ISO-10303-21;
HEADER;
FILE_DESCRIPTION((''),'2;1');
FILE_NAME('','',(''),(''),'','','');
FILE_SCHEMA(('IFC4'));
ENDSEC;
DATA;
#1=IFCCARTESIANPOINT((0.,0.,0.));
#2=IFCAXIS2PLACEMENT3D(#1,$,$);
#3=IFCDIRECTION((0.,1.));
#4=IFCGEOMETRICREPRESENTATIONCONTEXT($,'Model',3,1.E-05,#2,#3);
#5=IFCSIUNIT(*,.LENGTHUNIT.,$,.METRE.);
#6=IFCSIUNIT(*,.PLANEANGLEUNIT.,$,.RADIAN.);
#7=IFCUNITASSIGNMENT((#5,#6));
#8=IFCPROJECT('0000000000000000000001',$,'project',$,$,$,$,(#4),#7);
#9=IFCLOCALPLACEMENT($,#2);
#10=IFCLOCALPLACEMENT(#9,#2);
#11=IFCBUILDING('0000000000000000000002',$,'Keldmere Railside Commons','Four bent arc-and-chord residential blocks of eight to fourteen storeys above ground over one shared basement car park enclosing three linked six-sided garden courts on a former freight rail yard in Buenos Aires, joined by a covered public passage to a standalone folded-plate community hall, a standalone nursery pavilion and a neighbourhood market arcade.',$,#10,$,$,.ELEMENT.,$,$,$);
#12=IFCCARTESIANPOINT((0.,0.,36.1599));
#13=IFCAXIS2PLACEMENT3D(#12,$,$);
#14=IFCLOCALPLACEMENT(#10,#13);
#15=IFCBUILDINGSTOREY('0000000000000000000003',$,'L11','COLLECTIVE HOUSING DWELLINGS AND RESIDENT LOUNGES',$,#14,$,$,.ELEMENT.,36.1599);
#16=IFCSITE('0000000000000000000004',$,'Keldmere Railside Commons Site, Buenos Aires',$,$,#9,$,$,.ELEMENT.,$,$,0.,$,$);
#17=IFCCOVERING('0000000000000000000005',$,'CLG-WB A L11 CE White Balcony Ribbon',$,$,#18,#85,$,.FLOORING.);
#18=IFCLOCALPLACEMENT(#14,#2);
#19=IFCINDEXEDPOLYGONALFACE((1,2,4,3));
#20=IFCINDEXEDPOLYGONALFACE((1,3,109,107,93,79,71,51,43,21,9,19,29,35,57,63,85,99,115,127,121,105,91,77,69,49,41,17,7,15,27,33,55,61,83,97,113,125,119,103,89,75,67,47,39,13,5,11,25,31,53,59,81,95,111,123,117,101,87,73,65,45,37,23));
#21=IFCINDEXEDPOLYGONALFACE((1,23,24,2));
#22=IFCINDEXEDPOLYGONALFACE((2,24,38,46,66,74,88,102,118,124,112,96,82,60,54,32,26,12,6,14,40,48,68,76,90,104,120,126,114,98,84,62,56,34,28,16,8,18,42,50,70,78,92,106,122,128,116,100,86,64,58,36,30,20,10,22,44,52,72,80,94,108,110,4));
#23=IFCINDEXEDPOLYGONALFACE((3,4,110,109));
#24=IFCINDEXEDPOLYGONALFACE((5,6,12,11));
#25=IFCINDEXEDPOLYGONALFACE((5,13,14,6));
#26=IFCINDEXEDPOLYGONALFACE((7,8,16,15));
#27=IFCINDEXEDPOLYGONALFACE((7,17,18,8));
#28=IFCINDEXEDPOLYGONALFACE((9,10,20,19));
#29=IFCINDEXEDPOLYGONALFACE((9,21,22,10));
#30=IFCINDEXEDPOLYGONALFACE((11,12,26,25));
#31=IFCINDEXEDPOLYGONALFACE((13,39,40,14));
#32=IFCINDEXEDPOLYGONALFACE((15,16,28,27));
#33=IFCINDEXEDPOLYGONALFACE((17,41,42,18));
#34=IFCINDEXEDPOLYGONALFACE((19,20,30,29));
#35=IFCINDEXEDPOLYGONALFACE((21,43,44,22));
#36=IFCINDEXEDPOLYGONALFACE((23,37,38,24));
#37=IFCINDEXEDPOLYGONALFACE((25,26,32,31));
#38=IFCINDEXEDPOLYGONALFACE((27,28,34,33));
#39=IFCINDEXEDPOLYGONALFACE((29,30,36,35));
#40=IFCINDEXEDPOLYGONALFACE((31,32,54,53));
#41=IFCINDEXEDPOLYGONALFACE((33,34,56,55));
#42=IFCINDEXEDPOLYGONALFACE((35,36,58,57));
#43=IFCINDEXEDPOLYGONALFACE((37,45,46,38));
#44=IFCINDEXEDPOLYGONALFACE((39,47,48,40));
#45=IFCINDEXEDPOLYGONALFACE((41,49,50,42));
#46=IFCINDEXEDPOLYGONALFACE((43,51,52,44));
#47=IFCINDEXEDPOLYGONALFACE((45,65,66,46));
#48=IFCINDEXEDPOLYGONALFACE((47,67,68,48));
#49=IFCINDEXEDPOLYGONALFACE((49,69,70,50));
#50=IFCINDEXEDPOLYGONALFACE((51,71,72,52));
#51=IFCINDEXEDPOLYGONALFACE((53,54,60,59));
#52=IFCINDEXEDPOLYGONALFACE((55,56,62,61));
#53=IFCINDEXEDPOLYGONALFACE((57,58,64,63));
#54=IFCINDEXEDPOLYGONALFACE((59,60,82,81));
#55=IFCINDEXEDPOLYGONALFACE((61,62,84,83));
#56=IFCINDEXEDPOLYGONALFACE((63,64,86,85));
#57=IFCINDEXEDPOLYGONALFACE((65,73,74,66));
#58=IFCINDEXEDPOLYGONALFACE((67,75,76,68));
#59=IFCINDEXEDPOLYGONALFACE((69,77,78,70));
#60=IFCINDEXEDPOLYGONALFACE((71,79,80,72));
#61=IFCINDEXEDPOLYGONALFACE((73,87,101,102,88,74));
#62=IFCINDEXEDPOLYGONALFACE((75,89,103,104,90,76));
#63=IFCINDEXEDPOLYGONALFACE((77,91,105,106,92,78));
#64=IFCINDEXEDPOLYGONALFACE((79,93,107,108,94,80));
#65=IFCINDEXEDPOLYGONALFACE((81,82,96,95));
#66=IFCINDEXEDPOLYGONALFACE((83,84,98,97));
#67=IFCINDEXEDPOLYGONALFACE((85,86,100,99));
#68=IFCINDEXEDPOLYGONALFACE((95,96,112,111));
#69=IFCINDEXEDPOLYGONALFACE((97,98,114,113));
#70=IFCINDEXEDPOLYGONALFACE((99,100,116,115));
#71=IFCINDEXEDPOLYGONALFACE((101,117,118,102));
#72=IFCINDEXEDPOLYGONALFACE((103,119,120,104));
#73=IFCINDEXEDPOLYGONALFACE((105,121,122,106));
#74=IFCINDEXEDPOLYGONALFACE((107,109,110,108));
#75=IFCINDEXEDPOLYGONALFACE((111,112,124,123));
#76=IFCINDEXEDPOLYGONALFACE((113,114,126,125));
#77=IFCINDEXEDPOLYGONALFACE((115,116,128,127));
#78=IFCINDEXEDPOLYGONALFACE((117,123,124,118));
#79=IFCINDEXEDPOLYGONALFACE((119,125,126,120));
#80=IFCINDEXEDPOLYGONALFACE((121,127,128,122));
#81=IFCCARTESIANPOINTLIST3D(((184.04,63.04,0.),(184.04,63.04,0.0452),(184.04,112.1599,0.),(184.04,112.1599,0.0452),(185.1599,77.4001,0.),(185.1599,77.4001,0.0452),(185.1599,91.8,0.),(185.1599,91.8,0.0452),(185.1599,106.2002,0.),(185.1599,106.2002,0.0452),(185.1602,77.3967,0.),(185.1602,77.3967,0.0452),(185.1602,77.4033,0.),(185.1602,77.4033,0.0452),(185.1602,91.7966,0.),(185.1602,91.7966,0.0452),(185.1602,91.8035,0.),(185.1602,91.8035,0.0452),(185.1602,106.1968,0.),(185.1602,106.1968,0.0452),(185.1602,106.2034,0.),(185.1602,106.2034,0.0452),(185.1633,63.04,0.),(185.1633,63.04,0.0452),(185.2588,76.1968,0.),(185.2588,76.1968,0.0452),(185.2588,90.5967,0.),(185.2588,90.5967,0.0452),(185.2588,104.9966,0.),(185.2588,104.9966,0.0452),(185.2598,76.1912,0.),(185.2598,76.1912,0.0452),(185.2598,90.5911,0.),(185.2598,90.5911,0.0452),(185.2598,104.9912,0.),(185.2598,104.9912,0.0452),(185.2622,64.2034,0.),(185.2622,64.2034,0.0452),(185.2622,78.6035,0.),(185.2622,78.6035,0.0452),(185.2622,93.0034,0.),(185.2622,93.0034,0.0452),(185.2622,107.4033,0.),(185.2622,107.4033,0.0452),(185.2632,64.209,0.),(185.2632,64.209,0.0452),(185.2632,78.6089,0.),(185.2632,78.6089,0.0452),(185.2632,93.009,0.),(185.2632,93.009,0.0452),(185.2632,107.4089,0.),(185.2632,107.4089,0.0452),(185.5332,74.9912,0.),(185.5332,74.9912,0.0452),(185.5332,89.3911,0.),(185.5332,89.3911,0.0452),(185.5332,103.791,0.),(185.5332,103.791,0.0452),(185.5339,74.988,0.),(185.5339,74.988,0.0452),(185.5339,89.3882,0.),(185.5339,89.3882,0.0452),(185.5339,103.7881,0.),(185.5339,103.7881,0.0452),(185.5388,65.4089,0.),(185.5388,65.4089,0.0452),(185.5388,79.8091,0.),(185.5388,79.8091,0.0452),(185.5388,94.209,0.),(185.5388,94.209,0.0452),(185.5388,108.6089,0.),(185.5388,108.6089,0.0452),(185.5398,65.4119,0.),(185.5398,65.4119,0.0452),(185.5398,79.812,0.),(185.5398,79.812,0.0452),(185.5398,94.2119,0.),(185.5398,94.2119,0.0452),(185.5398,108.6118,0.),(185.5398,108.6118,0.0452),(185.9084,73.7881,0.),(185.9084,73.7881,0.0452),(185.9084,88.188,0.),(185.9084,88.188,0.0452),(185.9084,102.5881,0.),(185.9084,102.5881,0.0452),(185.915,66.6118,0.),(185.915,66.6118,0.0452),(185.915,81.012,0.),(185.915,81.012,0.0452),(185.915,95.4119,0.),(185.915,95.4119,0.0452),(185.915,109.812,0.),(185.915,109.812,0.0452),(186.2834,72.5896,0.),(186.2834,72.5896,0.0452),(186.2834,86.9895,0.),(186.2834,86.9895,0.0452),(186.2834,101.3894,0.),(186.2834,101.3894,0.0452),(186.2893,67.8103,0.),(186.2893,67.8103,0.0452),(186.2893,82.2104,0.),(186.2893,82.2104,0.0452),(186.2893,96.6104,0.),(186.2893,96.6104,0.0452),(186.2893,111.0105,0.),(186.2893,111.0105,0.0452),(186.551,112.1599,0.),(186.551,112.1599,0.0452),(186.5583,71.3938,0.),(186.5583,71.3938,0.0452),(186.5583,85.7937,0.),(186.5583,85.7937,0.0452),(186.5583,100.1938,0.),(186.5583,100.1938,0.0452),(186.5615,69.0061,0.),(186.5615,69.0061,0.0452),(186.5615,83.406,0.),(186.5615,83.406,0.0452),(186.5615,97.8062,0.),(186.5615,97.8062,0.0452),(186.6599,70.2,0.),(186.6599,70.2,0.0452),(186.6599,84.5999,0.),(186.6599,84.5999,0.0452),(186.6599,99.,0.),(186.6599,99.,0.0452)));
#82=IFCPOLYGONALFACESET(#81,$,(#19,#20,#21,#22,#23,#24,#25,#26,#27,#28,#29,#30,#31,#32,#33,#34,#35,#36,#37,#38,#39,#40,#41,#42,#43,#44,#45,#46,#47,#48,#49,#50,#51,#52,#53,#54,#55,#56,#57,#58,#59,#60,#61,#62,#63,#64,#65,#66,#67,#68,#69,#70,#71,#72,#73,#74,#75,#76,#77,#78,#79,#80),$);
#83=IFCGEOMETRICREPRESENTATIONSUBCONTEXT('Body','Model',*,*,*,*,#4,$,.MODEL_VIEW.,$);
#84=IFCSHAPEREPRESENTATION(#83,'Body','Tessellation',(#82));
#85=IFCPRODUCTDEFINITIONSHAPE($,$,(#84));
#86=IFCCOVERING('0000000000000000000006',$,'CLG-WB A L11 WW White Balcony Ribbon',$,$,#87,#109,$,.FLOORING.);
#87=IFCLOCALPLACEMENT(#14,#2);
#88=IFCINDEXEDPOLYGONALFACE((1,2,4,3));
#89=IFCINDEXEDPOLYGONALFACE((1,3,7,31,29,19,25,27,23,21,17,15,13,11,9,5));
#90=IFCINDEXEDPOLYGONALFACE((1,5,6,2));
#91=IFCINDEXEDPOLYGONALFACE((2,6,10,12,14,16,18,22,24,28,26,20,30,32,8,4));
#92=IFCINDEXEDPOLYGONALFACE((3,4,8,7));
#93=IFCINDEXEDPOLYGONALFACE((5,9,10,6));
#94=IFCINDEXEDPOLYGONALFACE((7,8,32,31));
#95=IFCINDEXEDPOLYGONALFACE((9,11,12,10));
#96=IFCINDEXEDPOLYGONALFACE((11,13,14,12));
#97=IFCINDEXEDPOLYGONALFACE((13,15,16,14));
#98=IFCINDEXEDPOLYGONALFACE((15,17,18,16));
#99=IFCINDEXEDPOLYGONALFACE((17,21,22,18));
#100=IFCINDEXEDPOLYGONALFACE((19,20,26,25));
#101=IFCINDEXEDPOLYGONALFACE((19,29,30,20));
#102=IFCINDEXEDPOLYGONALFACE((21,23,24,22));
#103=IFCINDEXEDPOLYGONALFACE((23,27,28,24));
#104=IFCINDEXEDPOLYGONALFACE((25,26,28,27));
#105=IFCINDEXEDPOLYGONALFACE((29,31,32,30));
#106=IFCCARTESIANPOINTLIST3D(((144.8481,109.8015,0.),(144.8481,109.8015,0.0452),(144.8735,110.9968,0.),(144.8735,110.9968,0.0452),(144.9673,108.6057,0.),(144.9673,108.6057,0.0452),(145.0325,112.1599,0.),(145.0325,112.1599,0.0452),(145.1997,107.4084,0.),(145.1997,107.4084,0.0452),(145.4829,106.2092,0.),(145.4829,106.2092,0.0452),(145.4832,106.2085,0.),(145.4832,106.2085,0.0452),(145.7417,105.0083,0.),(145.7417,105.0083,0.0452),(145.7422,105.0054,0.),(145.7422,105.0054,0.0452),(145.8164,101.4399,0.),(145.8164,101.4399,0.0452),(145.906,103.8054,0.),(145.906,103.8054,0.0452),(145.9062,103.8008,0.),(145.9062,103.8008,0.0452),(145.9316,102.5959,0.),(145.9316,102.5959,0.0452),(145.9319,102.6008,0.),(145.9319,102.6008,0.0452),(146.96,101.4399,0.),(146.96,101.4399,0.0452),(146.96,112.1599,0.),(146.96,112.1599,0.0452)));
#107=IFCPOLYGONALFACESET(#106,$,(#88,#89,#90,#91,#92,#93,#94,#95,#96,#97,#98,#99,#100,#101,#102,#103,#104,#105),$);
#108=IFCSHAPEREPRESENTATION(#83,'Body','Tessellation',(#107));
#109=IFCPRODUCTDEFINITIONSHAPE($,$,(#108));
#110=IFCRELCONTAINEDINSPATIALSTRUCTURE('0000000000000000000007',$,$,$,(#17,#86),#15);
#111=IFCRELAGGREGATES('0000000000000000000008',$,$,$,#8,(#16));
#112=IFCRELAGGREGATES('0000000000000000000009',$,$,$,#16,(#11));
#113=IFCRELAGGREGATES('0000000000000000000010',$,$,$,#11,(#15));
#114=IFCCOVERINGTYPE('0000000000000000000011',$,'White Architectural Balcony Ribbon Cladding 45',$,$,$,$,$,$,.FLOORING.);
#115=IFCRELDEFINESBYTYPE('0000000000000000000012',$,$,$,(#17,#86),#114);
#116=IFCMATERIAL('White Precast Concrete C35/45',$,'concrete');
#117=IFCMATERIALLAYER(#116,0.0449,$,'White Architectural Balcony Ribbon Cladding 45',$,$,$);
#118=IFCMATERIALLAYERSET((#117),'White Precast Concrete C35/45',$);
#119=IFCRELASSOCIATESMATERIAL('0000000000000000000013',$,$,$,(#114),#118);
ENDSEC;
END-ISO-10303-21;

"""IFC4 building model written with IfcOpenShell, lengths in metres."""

from ifc_helpers import new_model, si_unit, direction, frame, origin, place, context, subcontext, project, spatial, polyline, outline, extrude, material, layer, layer_set, type_object, element, save


model = new_model("IFC4")

# Units and contexts
model_context = context("Model", 3, precision=1e-05, world=origin(), true_north=direction((0.0, 1.0)))
body_context = subcontext(model_context, "Body", "Model", "MODEL_VIEW")
ifc_project = project(units=[si_unit("LENGTHUNIT", "METRE"), si_unit("PLANEANGLEUNIT", "RADIAN")], contexts=[model_context])

# Site, building, storey
site_placement = place(None, origin())
site = spatial("IfcSite", under=ifc_project, at=site_placement, Name="Keldmere Railside Commons Site, Buenos Aires", CompositionType="ELEMENT", RefElevation=0.0)
building_placement = place(site_placement, origin())
building = spatial("IfcBuilding", under=site, at=building_placement, Name="Keldmere Railside Commons", Description="Four bent arc-and-chord residential blocks of eight to fourteen storeys above ground over one shared basement car park enclosing three linked six-sided garden courts on a former freight rail yard in Buenos Aires, joined by a covered public passage to a standalone folded-plate community hall, a standalone nursery pavilion and a neighbourhood market arcade.", CompositionType="ELEMENT")
storey_placement = place(building_placement, frame((0.0, 0.0, 36.1599)))
storey = spatial("IfcBuildingStorey", under=building, at=storey_placement, Name="L11", Description="COLLECTIVE HOUSING DWELLINGS AND RESIDENT LOUNGES", CompositionType="ELEMENT", Elevation=36.1599)

# Coverings
ifc_material_1 = material(Name="White Precast Concrete C35/45", Category="concrete")
ifc_layer_1 = layer(ifc_material_1, 0.0449, Name="White Architectural Balcony Ribbon Cladding 45")
ifc_layer_set_1 = layer_set([ifc_layer_1], Name="White Precast Concrete C35/45")
covering_type = type_object("IfcCoveringType", Name="White Architectural Balcony Ribbon Cladding 45", PredefinedType="FLOORING", material=ifc_layer_set_1)
covering_1_placement = place(storey_placement, origin())
element("IfcCovering", 1, at=covering_1_placement, inside=storey, type_object=covering_type, Name="CLG-WB A L11 CE White Balcony Ribbon", PredefinedType="FLOORING", context=body_context, shape_type="SweptSolid", body=[
    extrude(outline(polyline([(185.2622, 64.2034), (185.2632, 64.209), (185.5388, 65.4089), (185.5398, 65.4119), (185.915, 66.6118), (186.2893, 67.8103), (186.5615, 69.0061), (186.6599, 70.2), (186.5583, 71.3938), (186.2834, 72.5896), (185.9084, 73.7881), (185.5339, 74.988), (185.5332, 74.9912), (185.2598, 76.1912), (185.2588, 76.1968), (185.1602, 77.3967), (185.1599, 77.4001), (185.1602, 77.4033), (185.2622, 78.6035), (185.2632, 78.6089), (185.5388, 79.8091), (185.5398, 79.812), (185.915, 81.012), (186.2893, 82.2104), (186.5615, 83.406), (186.6599, 84.5999), (186.5583, 85.7937), (186.2834, 86.9895), (185.9084, 88.188), (185.5339, 89.3882), (185.5332, 89.3911), (185.2598, 90.5911), (185.2588, 90.5967), (185.1602, 91.7966), (185.1599, 91.8), (185.1602, 91.8035), (185.2622, 93.0034), (185.2632, 93.009), (185.5388, 94.209), (185.5398, 94.2119), (185.915, 95.4119), (186.2893, 96.6104), (186.5615, 97.8062), (186.6599, 99.0), (186.5583, 100.1938), (186.2834, 101.3894), (185.9084, 102.5881), (185.5339, 103.7881), (185.5332, 103.791), (185.2598, 104.9912), (185.2588, 104.9966), (185.1602, 106.1968), (185.1599, 106.2002), (185.1602, 106.2034), (185.2622, 107.4033), (185.2632, 107.4089), (185.5388, 108.6089), (185.5398, 108.6118), (185.915, 109.812), (186.2893, 111.0105), (186.551, 112.1599), (184.04, 112.1599), (184.04, 63.04), (185.1633, 63.04), (185.2622, 64.2034)])), origin(), (0.0, 0.0, 1.0), 0.0452),
])
covering_2_placement = place(storey_placement, origin())
element("IfcCovering", 2, at=covering_2_placement, inside=storey, type_object=covering_type, Name="CLG-WB A L11 WW White Balcony Ribbon", PredefinedType="FLOORING", context=body_context, shape_type="SweptSolid", body=[
    extrude(outline(polyline([(146.96, 112.1599), (145.0325, 112.1599), (144.8735, 110.9968), (144.8481, 109.8015), (144.9673, 108.6057), (145.1997, 107.4084), (145.4829, 106.2092), (145.4832, 106.2085), (145.7417, 105.0083), (145.7422, 105.0054), (145.906, 103.8054), (145.9062, 103.8008), (145.9319, 102.6008), (145.9316, 102.5959), (145.8164, 101.4399), (146.96, 101.4399), (146.96, 112.1599)])), origin(), (0.0, 0.0, 1.0), 0.0452),
])

save(model, "model.ifc")
